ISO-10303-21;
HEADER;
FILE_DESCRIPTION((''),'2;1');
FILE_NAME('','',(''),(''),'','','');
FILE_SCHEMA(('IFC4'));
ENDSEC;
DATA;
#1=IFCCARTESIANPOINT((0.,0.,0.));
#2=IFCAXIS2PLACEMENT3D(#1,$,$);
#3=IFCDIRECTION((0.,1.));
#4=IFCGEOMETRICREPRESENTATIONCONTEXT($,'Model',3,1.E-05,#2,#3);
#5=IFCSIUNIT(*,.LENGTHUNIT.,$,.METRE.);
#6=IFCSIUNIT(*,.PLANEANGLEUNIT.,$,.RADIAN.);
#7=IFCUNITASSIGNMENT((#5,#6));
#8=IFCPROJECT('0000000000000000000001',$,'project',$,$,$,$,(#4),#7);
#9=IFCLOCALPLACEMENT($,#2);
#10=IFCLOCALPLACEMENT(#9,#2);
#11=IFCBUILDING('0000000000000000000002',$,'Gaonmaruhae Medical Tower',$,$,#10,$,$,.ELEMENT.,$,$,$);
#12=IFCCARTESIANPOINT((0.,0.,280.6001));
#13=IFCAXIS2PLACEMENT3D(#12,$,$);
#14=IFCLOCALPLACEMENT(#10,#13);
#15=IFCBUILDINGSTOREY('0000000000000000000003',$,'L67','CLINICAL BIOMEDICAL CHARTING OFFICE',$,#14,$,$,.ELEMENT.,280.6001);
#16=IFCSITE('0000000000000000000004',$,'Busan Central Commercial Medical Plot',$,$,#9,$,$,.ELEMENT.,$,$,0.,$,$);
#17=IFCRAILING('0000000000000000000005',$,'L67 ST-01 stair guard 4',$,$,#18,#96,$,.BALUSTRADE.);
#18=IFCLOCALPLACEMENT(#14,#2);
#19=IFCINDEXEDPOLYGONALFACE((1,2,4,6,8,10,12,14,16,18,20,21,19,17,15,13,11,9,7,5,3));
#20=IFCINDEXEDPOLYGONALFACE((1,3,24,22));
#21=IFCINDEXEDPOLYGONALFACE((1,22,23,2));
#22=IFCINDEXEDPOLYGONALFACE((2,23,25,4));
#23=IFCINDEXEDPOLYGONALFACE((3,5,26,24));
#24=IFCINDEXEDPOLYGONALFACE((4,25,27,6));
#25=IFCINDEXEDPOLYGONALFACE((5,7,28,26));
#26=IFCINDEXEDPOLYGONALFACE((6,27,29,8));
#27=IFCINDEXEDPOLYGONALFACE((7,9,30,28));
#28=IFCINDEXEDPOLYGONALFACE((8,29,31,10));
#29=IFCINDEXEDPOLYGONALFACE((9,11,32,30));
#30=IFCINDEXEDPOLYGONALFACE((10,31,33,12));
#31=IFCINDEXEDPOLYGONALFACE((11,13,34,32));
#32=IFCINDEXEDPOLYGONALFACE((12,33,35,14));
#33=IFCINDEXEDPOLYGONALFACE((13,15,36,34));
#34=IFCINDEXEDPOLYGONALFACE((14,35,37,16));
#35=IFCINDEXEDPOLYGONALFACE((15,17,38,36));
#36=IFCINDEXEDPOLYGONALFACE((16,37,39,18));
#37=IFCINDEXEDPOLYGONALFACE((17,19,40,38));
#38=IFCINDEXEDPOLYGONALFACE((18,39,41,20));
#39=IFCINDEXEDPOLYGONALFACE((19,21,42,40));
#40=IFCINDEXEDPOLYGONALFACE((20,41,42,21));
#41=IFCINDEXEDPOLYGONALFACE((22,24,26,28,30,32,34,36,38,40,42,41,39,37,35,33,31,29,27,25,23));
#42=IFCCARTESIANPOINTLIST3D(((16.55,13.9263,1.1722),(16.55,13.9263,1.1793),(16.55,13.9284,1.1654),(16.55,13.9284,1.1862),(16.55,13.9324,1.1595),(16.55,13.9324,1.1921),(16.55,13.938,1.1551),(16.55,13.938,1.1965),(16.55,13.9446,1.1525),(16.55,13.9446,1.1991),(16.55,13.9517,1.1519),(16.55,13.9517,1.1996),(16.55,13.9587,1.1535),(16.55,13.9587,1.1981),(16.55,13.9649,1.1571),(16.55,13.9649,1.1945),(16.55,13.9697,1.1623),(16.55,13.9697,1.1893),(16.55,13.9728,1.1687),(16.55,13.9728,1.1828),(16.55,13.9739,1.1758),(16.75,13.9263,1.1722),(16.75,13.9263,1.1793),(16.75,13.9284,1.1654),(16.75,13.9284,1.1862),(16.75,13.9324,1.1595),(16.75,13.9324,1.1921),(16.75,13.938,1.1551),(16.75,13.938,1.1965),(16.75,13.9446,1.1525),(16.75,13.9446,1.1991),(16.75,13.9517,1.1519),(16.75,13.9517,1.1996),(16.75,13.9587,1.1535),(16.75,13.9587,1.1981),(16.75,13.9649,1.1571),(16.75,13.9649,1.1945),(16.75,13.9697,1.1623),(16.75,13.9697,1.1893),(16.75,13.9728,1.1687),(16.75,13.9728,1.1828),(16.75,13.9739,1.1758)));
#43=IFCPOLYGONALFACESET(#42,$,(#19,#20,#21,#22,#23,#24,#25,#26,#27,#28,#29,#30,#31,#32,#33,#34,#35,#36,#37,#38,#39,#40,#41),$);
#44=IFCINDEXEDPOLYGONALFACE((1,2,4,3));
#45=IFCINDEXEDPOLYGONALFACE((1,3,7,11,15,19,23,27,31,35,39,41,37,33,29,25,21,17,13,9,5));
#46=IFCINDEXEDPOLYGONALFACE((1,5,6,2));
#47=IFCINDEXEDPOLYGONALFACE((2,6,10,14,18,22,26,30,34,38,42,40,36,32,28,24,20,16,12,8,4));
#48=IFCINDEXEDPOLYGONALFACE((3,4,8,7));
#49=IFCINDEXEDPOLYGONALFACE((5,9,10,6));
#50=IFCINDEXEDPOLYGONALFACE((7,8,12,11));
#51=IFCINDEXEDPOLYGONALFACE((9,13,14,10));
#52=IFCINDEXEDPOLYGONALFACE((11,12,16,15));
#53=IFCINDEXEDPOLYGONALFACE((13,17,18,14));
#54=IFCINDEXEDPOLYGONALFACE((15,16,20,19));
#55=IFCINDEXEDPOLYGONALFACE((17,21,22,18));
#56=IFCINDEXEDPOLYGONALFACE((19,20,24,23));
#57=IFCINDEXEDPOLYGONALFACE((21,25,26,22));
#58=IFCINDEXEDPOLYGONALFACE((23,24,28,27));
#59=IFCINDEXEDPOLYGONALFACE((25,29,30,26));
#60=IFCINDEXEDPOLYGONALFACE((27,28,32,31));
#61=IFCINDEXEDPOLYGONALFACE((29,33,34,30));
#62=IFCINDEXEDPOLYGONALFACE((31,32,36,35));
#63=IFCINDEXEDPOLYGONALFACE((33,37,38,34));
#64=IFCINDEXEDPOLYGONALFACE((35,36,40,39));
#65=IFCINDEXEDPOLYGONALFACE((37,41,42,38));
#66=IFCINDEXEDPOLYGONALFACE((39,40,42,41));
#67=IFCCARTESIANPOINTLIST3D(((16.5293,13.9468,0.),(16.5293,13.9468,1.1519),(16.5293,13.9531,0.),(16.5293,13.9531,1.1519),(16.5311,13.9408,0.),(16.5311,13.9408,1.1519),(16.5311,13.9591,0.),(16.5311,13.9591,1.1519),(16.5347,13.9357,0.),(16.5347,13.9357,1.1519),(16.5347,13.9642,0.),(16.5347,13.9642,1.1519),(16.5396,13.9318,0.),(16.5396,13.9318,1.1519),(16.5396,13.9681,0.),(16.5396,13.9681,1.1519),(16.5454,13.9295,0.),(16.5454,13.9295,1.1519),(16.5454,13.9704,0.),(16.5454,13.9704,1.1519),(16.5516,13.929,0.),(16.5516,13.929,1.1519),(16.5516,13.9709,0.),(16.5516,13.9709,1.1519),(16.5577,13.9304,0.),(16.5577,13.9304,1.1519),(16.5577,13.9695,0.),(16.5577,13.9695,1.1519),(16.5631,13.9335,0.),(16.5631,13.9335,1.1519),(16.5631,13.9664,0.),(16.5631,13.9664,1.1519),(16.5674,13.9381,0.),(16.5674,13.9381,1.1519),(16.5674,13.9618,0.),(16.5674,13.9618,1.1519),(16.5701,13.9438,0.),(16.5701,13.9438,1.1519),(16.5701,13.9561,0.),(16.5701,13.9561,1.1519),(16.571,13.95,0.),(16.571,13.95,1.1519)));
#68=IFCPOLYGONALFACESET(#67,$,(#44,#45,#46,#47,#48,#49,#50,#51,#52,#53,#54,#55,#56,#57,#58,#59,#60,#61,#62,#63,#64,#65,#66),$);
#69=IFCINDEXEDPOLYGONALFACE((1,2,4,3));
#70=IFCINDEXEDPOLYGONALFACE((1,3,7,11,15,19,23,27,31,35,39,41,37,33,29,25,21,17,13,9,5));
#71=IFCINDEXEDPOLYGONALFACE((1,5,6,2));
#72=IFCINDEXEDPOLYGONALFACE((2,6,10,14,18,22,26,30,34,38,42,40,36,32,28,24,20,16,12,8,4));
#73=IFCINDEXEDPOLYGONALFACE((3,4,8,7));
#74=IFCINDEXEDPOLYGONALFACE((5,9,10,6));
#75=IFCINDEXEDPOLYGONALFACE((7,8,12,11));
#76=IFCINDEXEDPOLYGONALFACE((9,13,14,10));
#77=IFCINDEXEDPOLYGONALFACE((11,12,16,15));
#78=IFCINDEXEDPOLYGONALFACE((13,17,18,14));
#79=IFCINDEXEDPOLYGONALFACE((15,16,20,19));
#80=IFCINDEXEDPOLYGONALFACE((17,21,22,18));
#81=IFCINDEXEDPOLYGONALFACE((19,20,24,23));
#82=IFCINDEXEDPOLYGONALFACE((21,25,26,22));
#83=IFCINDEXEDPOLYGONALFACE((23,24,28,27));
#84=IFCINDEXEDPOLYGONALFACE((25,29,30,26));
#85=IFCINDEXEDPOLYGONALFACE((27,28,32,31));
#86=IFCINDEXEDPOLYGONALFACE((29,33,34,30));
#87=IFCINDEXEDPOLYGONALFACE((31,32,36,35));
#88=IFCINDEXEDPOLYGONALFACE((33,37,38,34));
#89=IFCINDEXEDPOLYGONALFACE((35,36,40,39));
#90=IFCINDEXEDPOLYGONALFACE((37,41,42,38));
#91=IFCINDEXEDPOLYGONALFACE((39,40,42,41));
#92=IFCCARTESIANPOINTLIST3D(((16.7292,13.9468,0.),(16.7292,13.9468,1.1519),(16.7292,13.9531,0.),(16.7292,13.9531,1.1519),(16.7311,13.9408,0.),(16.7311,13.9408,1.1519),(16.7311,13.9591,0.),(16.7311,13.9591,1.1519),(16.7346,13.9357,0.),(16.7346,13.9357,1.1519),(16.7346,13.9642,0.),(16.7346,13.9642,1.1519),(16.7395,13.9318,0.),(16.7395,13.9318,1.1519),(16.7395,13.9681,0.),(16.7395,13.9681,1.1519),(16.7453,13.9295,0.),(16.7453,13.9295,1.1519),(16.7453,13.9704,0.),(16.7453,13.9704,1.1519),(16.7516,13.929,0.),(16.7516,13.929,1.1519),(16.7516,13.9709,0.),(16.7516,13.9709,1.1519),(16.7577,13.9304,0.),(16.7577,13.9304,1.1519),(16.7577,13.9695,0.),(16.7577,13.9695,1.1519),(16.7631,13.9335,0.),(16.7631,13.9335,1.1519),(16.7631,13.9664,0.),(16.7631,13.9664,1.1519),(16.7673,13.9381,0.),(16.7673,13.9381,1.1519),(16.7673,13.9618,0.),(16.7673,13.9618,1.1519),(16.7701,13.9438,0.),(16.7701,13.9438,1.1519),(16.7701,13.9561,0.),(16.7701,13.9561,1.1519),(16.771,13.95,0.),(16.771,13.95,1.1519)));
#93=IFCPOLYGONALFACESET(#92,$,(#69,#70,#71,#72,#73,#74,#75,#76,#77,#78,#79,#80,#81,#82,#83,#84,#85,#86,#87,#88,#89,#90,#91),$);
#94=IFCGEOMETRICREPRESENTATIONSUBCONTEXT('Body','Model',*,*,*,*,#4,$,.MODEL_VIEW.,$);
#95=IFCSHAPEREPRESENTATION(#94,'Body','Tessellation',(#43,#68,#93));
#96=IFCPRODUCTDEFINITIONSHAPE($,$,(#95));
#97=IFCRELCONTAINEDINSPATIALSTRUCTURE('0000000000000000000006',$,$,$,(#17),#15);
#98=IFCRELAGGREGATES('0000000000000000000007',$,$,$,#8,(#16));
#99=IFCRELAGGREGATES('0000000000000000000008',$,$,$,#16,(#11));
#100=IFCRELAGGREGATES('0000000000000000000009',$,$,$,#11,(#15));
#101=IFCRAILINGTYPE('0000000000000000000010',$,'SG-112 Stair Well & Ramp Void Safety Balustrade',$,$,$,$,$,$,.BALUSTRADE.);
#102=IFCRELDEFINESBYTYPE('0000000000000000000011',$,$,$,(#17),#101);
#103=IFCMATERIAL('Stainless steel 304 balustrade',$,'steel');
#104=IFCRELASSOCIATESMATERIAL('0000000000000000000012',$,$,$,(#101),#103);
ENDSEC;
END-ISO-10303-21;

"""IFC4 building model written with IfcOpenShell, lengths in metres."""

from ifc_helpers import new_model, si_unit, direction, frame, origin, origin_2d, place, context, subcontext, project, spatial, circle, extrude, material, type_object, element, save


model = new_model("IFC4")

# Units and contexts
model_context = context("Model", 3, precision=1e-05, world=origin(), true_north=direction((0.0, 1.0)))
body_context = subcontext(model_context, "Body", "Model", "MODEL_VIEW")
ifc_project = project(units=[si_unit("LENGTHUNIT", "METRE"), si_unit("PLANEANGLEUNIT", "RADIAN")], contexts=[model_context])

# Site, building, storey
site_placement = place(None, origin())
site = spatial("IfcSite", under=ifc_project, at=site_placement, Name="Busan Central Commercial Medical Plot", CompositionType="ELEMENT", RefElevation=0.0)
building_placement = place(site_placement, origin())
building = spatial("IfcBuilding", under=site, at=building_placement, Name="Gaonmaruhae Medical Tower", CompositionType="ELEMENT")
storey_placement = place(building_placement, frame((0.0, 0.0, 280.6001)))
storey = spatial("IfcBuildingStorey", under=building, at=storey_placement, Name="L67", Description="CLINICAL BIOMEDICAL CHARTING OFFICE", CompositionType="ELEMENT", Elevation=280.6001)

# Railing
ifc_material_1 = material(Name="Stainless steel 304 balustrade", Category="steel")
railing_type_1 = type_object("IfcRailingType", Name="SG-112 Stair Well & Ramp Void Safety Balustrade", PredefinedType="BALUSTRADE", material=ifc_material_1)
railing_1_placement = place(storey_placement, frame((16.55, 13.95, 0.0)))
element("IfcRailing", 1, at=railing_1_placement, inside=storey, type_object=railing_type_1, Name="L67 ST-01 stair guard 4", PredefinedType="BALUSTRADE", context=body_context, shape_type="SweptSolid", body=[
    extrude(circle(Radius=0.0239, at=origin_2d()), frame((0.0, 0.0, 1.1758), z_axis=(1.0, 0.0, 0.0), x_axis=(0.0, 1.0, 0.0)), (0.0, 0.0, 1.0), 0.2),
    extrude(circle(Radius=0.021, at=origin_2d()), origin(), (0.0, 0.0, 1.0), 1.1519),
    extrude(circle(Radius=0.021, at=origin_2d()), frame((0.2, 0.0, 0.0)), (0.0, 0.0, 1.0), 1.1519),
])

save(model, "model.ifc")
